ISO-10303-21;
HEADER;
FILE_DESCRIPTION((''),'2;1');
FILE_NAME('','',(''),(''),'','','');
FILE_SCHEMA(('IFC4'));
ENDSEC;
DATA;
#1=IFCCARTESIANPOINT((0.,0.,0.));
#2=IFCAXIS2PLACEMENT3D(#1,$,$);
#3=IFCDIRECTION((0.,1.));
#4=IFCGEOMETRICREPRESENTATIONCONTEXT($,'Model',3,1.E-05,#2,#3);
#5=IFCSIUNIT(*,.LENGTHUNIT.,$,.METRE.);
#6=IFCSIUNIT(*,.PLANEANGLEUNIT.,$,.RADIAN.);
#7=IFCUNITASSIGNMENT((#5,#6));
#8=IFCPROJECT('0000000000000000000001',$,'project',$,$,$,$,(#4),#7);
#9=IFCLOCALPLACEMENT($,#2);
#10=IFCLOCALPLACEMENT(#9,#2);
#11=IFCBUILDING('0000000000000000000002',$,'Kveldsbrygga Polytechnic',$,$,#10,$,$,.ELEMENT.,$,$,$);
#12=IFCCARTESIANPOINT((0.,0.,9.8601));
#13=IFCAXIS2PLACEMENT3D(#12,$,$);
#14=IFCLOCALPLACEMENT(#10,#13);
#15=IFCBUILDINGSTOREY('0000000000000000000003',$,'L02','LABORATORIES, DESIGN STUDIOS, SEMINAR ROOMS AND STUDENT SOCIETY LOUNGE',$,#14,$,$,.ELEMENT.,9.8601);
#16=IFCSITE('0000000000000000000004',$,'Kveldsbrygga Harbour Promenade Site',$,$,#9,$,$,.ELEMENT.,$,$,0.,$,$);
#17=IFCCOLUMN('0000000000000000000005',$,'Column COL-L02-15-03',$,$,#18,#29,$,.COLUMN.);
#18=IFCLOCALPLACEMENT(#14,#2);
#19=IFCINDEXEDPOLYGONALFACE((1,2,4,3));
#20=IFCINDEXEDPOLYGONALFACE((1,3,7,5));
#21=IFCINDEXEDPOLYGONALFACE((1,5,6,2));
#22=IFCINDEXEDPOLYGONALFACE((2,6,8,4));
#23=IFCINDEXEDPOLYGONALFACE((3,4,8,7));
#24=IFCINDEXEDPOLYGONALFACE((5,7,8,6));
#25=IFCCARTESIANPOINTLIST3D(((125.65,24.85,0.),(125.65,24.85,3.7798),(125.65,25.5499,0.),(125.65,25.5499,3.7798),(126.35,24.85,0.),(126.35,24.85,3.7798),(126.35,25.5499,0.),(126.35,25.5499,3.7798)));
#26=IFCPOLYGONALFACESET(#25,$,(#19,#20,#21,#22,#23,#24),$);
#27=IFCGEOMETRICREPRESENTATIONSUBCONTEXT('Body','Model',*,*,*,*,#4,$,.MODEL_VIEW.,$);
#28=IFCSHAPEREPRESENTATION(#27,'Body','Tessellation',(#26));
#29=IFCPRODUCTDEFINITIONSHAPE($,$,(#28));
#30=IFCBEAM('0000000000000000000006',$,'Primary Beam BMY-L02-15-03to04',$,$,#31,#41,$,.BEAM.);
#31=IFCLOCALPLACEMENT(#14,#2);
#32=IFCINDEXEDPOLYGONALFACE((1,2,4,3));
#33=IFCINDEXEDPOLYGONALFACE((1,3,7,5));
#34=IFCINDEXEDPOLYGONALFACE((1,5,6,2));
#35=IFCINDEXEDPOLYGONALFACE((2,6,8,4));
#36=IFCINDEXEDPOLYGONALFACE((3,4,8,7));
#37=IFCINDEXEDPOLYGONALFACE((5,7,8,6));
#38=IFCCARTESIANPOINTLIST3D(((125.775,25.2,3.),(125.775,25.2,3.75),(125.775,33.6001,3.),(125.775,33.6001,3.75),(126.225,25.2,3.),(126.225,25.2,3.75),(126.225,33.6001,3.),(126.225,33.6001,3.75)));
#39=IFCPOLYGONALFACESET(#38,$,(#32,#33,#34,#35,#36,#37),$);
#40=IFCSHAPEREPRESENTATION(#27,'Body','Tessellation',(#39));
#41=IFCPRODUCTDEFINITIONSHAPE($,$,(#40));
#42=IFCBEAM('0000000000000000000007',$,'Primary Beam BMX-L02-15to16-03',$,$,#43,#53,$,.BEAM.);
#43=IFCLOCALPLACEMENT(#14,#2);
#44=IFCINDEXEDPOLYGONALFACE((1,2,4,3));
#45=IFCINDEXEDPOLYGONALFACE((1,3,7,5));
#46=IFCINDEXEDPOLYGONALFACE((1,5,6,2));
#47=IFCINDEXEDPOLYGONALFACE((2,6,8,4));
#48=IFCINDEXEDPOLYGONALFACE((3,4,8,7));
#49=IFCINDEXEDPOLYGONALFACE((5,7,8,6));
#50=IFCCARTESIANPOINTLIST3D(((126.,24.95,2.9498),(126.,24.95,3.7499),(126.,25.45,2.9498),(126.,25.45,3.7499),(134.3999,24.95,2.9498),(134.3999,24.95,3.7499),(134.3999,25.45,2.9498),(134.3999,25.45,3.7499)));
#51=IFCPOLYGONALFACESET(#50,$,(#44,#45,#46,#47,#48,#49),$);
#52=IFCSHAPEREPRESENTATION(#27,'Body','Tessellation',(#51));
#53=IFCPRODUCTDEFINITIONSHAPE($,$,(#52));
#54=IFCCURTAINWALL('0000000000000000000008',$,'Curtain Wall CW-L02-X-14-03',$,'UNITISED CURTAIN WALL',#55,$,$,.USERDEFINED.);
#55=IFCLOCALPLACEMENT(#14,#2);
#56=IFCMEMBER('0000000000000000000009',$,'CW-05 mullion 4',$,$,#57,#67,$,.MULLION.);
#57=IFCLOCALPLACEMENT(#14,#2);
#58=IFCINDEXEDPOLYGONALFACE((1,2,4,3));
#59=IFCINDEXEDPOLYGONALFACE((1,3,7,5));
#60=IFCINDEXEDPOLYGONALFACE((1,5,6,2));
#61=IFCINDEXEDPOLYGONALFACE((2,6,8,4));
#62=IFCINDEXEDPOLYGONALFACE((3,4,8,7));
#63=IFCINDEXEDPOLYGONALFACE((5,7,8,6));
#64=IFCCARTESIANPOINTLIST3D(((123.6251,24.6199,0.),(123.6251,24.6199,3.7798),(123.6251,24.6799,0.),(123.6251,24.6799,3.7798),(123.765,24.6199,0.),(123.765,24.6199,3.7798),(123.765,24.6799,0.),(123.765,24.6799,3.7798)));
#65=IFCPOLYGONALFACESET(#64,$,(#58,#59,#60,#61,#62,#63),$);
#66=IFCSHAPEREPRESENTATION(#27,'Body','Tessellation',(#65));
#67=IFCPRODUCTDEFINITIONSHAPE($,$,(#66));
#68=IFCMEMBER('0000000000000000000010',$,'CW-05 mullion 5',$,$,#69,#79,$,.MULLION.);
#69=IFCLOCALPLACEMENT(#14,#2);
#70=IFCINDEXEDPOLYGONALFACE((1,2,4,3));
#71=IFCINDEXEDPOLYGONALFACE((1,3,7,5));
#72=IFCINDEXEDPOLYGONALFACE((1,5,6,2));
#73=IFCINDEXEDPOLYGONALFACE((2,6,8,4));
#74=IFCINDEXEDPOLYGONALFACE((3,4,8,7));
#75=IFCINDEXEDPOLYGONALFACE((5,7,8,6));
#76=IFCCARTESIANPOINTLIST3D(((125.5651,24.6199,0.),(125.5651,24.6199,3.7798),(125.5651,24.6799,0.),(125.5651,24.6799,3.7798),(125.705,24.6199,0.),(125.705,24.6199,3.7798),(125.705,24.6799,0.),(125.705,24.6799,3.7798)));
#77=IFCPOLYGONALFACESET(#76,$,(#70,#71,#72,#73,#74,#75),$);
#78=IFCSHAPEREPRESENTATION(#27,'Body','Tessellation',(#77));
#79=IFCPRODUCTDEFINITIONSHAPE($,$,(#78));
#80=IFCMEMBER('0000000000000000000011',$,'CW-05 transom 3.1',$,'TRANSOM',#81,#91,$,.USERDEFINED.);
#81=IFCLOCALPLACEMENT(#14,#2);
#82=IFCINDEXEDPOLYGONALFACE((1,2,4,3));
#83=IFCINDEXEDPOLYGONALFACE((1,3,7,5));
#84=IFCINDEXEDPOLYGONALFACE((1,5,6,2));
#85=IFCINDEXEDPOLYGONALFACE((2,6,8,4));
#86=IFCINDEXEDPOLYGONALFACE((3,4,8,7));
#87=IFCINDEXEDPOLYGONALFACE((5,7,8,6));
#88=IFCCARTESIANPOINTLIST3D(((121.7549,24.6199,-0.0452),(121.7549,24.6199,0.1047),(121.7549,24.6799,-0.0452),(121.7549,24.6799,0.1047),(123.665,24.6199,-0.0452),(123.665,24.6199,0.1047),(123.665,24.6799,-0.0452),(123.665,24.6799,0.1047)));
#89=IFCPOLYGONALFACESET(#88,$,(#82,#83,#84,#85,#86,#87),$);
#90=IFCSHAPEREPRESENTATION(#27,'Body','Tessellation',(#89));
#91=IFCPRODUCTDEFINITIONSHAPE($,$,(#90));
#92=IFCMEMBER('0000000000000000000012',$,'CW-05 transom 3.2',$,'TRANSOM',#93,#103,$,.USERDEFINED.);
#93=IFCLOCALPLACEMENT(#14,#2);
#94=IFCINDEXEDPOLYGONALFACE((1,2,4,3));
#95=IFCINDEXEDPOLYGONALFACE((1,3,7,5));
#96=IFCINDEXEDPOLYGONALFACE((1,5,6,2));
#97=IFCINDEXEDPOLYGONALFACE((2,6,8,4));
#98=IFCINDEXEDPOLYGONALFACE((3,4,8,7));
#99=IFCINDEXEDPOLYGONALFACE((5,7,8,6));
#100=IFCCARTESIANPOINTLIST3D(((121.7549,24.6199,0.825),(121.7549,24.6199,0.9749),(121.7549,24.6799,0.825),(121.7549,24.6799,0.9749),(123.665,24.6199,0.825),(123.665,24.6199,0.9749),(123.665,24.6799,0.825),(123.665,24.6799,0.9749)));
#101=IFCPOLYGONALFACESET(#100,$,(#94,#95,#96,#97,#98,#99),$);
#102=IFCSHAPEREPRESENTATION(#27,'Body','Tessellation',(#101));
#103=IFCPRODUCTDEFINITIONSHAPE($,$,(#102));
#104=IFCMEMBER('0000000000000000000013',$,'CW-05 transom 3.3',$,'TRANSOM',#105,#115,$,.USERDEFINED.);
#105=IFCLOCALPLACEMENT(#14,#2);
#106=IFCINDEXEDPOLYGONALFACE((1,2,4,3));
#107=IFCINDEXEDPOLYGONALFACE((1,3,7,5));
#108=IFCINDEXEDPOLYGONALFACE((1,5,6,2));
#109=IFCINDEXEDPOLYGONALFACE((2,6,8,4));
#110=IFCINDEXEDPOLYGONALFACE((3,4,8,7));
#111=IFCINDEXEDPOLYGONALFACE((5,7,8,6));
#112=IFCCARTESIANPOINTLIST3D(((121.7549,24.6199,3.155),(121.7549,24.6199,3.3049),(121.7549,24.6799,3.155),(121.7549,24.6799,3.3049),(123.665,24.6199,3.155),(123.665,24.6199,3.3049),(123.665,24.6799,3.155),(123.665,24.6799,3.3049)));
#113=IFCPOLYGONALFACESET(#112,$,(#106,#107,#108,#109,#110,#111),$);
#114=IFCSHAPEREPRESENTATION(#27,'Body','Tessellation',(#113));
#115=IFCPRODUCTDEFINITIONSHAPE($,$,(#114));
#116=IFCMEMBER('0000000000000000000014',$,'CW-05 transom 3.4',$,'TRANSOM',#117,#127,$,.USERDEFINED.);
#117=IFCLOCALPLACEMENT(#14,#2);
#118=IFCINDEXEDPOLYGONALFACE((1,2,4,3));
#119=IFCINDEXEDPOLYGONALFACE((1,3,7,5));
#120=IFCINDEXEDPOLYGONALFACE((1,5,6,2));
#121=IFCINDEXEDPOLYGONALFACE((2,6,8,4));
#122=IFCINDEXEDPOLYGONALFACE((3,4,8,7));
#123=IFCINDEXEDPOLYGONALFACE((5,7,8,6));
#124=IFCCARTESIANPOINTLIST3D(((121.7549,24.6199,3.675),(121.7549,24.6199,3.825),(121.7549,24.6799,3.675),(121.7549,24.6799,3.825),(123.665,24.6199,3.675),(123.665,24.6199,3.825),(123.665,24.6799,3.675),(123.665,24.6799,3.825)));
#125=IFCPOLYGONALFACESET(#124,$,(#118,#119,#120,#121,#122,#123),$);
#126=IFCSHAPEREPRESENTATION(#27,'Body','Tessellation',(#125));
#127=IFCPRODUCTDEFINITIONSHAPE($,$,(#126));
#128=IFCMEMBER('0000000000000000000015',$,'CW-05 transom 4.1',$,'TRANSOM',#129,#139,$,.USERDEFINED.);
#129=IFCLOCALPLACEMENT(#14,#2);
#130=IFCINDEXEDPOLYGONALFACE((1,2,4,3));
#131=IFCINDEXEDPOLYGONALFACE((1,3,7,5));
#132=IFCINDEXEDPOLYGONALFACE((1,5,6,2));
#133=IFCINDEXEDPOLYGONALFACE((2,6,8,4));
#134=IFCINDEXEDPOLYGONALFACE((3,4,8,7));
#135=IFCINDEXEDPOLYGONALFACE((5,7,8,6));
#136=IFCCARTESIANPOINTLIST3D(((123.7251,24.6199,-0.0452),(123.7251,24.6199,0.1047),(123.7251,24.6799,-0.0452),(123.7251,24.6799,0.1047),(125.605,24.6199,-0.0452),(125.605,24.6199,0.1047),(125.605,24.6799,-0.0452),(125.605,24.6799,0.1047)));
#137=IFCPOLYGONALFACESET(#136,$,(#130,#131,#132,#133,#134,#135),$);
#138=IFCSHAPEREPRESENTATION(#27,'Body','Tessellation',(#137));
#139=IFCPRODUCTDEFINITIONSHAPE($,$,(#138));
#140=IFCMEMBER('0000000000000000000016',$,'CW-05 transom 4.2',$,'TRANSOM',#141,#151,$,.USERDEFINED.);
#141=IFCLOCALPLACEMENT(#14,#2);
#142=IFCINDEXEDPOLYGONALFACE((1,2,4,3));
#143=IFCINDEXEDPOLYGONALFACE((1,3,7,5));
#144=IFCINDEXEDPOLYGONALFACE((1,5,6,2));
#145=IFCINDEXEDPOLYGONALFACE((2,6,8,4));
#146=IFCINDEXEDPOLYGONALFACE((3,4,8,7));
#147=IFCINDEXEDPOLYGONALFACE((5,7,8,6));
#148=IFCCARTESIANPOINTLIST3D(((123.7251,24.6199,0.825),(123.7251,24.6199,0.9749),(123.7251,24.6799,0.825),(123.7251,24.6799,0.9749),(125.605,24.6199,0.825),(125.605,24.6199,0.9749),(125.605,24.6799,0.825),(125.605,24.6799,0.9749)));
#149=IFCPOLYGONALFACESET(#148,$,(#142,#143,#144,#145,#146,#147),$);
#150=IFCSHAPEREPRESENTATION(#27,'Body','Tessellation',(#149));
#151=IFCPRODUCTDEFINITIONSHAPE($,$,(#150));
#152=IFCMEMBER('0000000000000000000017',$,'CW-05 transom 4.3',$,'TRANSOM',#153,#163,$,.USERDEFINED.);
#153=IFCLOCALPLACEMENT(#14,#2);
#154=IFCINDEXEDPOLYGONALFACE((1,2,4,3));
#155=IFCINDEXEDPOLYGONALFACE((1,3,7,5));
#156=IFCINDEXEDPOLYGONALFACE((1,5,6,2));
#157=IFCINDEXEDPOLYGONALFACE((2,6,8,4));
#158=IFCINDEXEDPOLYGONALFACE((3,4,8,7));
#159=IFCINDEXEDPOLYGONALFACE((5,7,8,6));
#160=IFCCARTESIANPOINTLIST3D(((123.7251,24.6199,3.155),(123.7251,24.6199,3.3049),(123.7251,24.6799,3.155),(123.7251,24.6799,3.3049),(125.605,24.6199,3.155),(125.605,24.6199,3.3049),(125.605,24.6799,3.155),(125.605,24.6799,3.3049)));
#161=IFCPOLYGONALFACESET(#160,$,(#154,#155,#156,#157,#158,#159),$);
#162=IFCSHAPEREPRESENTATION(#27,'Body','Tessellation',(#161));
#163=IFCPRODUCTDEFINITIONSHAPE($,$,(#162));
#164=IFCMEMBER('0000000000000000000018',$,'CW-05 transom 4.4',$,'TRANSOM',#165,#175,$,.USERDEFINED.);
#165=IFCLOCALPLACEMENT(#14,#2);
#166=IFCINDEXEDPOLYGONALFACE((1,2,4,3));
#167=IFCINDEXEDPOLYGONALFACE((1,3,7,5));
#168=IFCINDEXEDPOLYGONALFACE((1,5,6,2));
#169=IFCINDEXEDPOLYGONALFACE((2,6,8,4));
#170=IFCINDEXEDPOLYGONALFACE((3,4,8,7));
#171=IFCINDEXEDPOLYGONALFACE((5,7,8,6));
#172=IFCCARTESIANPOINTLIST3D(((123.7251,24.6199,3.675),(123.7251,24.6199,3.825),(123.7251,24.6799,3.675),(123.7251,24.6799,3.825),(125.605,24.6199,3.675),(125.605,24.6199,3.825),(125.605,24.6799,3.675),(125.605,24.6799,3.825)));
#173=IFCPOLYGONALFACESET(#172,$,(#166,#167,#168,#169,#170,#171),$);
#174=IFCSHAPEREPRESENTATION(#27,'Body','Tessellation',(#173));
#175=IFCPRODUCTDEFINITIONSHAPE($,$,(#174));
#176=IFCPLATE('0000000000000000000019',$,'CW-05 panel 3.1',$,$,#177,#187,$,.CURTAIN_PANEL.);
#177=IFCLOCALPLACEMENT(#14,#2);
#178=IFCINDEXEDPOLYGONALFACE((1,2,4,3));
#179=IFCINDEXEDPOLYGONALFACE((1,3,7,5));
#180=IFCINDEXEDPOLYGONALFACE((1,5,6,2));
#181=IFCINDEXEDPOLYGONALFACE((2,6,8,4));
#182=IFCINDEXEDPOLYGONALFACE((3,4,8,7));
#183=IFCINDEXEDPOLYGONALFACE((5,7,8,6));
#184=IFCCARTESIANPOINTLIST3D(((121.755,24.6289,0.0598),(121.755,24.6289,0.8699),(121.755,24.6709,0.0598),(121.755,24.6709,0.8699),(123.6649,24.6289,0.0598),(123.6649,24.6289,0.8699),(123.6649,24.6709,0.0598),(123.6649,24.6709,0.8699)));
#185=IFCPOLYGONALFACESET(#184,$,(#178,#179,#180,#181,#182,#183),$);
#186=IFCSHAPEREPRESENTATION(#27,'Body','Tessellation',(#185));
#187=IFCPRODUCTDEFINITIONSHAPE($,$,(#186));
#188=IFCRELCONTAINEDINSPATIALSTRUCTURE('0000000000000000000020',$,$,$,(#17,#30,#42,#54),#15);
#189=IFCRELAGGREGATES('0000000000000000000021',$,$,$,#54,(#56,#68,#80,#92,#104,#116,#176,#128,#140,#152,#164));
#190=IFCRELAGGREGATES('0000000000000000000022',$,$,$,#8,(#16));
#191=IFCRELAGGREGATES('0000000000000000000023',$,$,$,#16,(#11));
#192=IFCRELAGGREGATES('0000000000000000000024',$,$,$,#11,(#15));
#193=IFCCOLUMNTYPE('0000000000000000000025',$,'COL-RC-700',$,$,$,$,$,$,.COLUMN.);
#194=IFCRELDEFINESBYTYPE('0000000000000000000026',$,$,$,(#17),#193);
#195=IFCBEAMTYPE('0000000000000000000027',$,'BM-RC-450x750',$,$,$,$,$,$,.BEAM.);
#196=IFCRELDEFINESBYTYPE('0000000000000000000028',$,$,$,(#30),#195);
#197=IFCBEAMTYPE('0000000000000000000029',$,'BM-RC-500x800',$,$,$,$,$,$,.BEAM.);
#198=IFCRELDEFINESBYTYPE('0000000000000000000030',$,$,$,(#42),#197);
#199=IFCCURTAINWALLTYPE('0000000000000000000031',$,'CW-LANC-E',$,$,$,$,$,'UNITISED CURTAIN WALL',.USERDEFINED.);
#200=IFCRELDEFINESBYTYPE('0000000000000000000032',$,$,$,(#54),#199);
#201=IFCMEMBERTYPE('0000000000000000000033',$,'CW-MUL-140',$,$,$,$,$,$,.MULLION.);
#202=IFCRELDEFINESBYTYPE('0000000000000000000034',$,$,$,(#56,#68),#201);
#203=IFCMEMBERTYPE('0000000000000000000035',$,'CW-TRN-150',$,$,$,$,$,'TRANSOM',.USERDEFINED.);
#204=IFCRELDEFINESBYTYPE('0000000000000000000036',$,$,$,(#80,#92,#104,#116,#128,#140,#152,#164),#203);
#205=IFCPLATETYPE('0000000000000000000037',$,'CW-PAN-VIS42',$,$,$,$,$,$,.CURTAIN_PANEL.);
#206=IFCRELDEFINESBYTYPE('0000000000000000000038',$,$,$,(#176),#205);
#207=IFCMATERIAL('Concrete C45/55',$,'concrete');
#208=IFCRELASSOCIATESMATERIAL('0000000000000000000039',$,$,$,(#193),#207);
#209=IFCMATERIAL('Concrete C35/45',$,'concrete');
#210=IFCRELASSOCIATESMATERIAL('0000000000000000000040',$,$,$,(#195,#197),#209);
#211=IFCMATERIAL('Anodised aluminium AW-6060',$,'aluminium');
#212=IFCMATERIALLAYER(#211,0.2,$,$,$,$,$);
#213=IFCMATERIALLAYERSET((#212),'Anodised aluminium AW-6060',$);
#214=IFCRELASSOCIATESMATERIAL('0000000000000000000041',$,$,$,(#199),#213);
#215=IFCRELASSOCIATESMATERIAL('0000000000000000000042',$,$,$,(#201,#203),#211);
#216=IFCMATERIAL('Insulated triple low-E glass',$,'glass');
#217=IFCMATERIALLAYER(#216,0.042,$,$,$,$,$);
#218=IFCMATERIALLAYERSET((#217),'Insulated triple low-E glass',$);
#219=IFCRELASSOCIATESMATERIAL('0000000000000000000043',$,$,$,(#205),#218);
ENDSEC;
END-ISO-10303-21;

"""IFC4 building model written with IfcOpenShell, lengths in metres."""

from ifc_helpers import new_model, si_unit, direction, frame, origin, origin_2d, place, context, subcontext, project, spatial, rectangle, extrude, material, layer, layer_set, material_profile, profile_set, type_object, element, aggregate, save


model = new_model("IFC4")

# Units and contexts
model_context = context("Model", 3, precision=1e-05, world=origin(), true_north=direction((0.0, 1.0)))
body_context = subcontext(model_context, "Body", "Model", "MODEL_VIEW")
ifc_project = project(units=[si_unit("LENGTHUNIT", "METRE"), si_unit("PLANEANGLEUNIT", "RADIAN")], contexts=[model_context])

# Site, building, storey
site_placement = place(None, origin())
site = spatial("IfcSite", under=ifc_project, at=site_placement, Name="Kveldsbrygga Harbour Promenade Site", CompositionType="ELEMENT", RefElevation=0.0)
building_placement = place(site_placement, origin())
building = spatial("IfcBuilding", under=site, at=building_placement, Name="Kveldsbrygga Polytechnic", CompositionType="ELEMENT")
storey_placement = place(building_placement, frame((0.0, 0.0, 9.8601)))
storey = spatial("IfcBuildingStorey", under=building, at=storey_placement, Name="L02", Description="LABORATORIES, DESIGN STUDIOS, SEMINAR ROOMS AND STUDENT SOCIETY LOUNGE", CompositionType="ELEMENT", Elevation=9.8601)

# Column
ifc_material_1 = material(Name="Concrete C45/55", Category="concrete")
ifc_material_profile_1 = material_profile(ifc_material_1, rectangle(XDim=0.7, YDim=0.7, at=origin_2d()), Name="RC 700x700")
ifc_profile_set_1 = profile_set([ifc_material_profile_1], Name="Concrete C45/55")
column_type = type_object("IfcColumnType", Name="COL-RC-700", PredefinedType="COLUMN", material=ifc_profile_set_1)
column_placement = place(storey_placement, frame((126.0, 25.2, 0.0), z_axis=(0.0, 0.0, 1.0), x_axis=(1.0, 0.0, 0.0)))
element("IfcColumn", 1, at=column_placement, inside=storey, type_object=column_type, Name="Column COL-L02-15-03", PredefinedType="COLUMN", context=body_context, shape_type="SweptSolid", body=[
    extrude(rectangle(XDim=0.7, YDim=0.7, at=origin_2d()), origin(), (0.0, 0.0, 1.0), 3.7798),
])

# Beams
ifc_material_2 = material(Name="Concrete C35/45", Category="concrete")
ifc_material_profile_2 = material_profile(ifc_material_2, rectangle(XDim=0.45, YDim=0.75, at=origin_2d()), Name="RC 450x750")
ifc_profile_set_2 = profile_set([ifc_material_profile_2], Name="Concrete C35/45")
beam_type_1 = type_object("IfcBeamType", Name="BM-RC-450x750", PredefinedType="BEAM", material=ifc_profile_set_2)
beam_1_placement = place(storey_placement, frame((126.0, 25.2, 3.375), z_axis=(0.0, 1.0, 0.0), x_axis=(-1.0, 0.0, 0.0)))
element("IfcBeam", 2, at=beam_1_placement, inside=storey, type_object=beam_type_1, Name="Primary Beam BMY-L02-15-03to04", PredefinedType="BEAM", context=body_context, shape_type="SweptSolid", body=[
    extrude(rectangle(XDim=0.45, YDim=0.75, at=origin_2d()), origin(), (0.0, 0.0, 1.0), 8.4001),
])
ifc_material_profile_3 = material_profile(ifc_material_2, rectangle(XDim=0.5, YDim=0.8, at=origin_2d()), Name="RC 500x800")
ifc_profile_set_3 = profile_set([ifc_material_profile_3], Name="Concrete C35/45")
beam_type_2 = type_object("IfcBeamType", Name="BM-RC-500x800", PredefinedType="BEAM", material=ifc_profile_set_3)
beam_2_placement = place(storey_placement, frame((126.0, 25.2, 3.3499), z_axis=(1.0, 0.0, 0.0), x_axis=(0.0, 1.0, 0.0)))
element("IfcBeam", 3, at=beam_2_placement, inside=storey, type_object=beam_type_2, Name="Primary Beam BMX-L02-15to16-03", PredefinedType="BEAM", context=body_context, shape_type="SweptSolid", body=[
    extrude(rectangle(XDim=0.5, YDim=0.8, at=origin_2d()), origin(), (0.0, 0.0, 1.0), 8.3999),
])

# Curtain wall, members, plate
ifc_material_3 = material(Name="Anodised aluminium AW-6060", Category="aluminium")
ifc_layer_1 = layer(ifc_material_3, 0.2)
ifc_layer_set_1 = layer_set([ifc_layer_1], Name="Anodised aluminium AW-6060")
curtain_wall_type = type_object("IfcCurtainWallType", Name="CW-LANC-E", ElementType="UNITISED CURTAIN WALL", PredefinedType="USERDEFINED", material=ifc_layer_set_1)
curtain_wall_placement = place(storey_placement, origin())
curtain_wall = element("IfcCurtainWall", 4, at=curtain_wall_placement, inside=storey, type_object=curtain_wall_type, Name="Curtain Wall CW-L02-X-14-03", ObjectType="UNITISED CURTAIN WALL", PredefinedType="USERDEFINED")
ifc_material_profile_4 = material_profile(ifc_material_3, rectangle(XDim=0.0601, YDim=0.1399, at=origin_2d()), Name="ALU 60x140")
ifc_profile_set_4 = profile_set([ifc_material_profile_4], Name="Anodised aluminium AW-6060")
member_type_1 = type_object("IfcMemberType", Name="CW-MUL-140", PredefinedType="MULLION", material=ifc_profile_set_4)
member_1_placement = place(storey_placement, frame((123.6951, 24.6499, 0.0), z_axis=(0.0, 0.0, 1.0), x_axis=(0.0, 1.0, 0.0)))
member_1 = element("IfcMember", 5, at=member_1_placement, type_object=member_type_1, Name="CW-05 mullion 4", PredefinedType="MULLION", context=body_context, shape_type="SweptSolid", body=[
    extrude(rectangle(XDim=0.0601, YDim=0.1399, at=origin_2d()), origin(), (0.0, 0.0, 1.0), 3.7798),
])
member_2_placement = place(storey_placement, frame((125.635, 24.6499, 0.0), z_axis=(0.0, 0.0, 1.0), x_axis=(0.0, 1.0, 0.0)))
member_2 = element("IfcMember", 6, at=member_2_placement, type_object=member_type_1, Name="CW-05 mullion 5", PredefinedType="MULLION", context=body_context, shape_type="SweptSolid", body=[
    extrude(rectangle(XDim=0.0601, YDim=0.1399, at=origin_2d()), origin(), (0.0, 0.0, 1.0), 3.7798),
])
ifc_material_profile_5 = material_profile(ifc_material_3, rectangle(XDim=0.0601, YDim=0.1499, at=origin_2d()), Name="ALU 60x150")
ifc_profile_set_5 = profile_set([ifc_material_profile_5], Name="Anodised aluminium AW-6060")
member_type_2 = type_object("IfcMemberType", Name="CW-TRN-150", ElementType="TRANSOM", PredefinedType="USERDEFINED", material=ifc_profile_set_5)
member_3_placement = place(storey_placement, frame((121.7549, 24.6499, 0.0298), z_axis=(1.0, 0.0, 0.0), x_axis=(0.0, 1.0, 0.0)))
member_3 = element("IfcMember", 7, at=member_3_placement, type_object=member_type_2, Name="CW-05 transom 3.1", ObjectType="TRANSOM", PredefinedType="USERDEFINED", context=body_context, shape_type="SweptSolid", body=[
    extrude(rectangle(XDim=0.0601, YDim=0.1499, at=origin_2d()), origin(), (0.0, 0.0, 1.0), 1.9102),
])
member_4_placement = place(storey_placement, frame((121.7549, 24.6499, 0.8999), z_axis=(1.0, 0.0, 0.0), x_axis=(0.0, 1.0, 0.0)))
member_4 = element("IfcMember", 8, at=member_4_placement, type_object=member_type_2, Name="CW-05 transom 3.2", ObjectType="TRANSOM", PredefinedType="USERDEFINED", context=body_context, shape_type="SweptSolid", body=[
    extrude(rectangle(XDim=0.0601, YDim=0.1499, at=origin_2d()), origin(), (0.0, 0.0, 1.0), 1.9102),
])
member_5_placement = place(storey_placement, frame((121.7549, 24.6499, 3.23), z_axis=(1.0, 0.0, 0.0), x_axis=(0.0, 1.0, 0.0)))
member_5 = element("IfcMember", 9, at=member_5_placement, type_object=member_type_2, Name="CW-05 transom 3.3", ObjectType="TRANSOM", PredefinedType="USERDEFINED", context=body_context, shape_type="SweptSolid", body=[
    extrude(rectangle(XDim=0.0601, YDim=0.1499, at=origin_2d()), origin(), (0.0, 0.0, 1.0), 1.9102),
])
member_6_placement = place(storey_placement, frame((121.7549, 24.6499, 3.75), z_axis=(1.0, 0.0, 0.0), x_axis=(0.0, 1.0, 0.0)))
member_6 = element("IfcMember", 10, at=member_6_placement, type_object=member_type_2, Name="CW-05 transom 3.4", ObjectType="TRANSOM", PredefinedType="USERDEFINED", context=body_context, shape_type="SweptSolid", body=[
    extrude(rectangle(XDim=0.0601, YDim=0.1499, at=origin_2d()), origin(), (0.0, 0.0, 1.0), 1.9102),
])
member_7_placement = place(storey_placement, frame((123.7251, 24.6499, 0.0298), z_axis=(1.0, 0.0, 0.0), x_axis=(0.0, 1.0, 0.0)))
member_7 = element("IfcMember", 11, at=member_7_placement, type_object=member_type_2, Name="CW-05 transom 4.1", ObjectType="TRANSOM", PredefinedType="USERDEFINED", context=body_context, shape_type="SweptSolid", body=[
    extrude(rectangle(XDim=0.0601, YDim=0.1499, at=origin_2d()), origin(), (0.0, 0.0, 1.0), 1.8799),
])
member_8_placement = place(storey_placement, frame((123.7251, 24.6499, 0.8999), z_axis=(1.0, 0.0, 0.0), x_axis=(0.0, 1.0, 0.0)))
member_8 = element("IfcMember", 12, at=member_8_placement, type_object=member_type_2, Name="CW-05 transom 4.2", ObjectType="TRANSOM", PredefinedType="USERDEFINED", context=body_context, shape_type="SweptSolid", body=[
    extrude(rectangle(XDim=0.0601, YDim=0.1499, at=origin_2d()), origin(), (0.0, 0.0, 1.0), 1.8799),
])
member_9_placement = place(storey_placement, frame((123.7251, 24.6499, 3.23), z_axis=(1.0, 0.0, 0.0), x_axis=(0.0, 1.0, 0.0)))
member_9 = element("IfcMember", 13, at=member_9_placement, type_object=member_type_2, Name="CW-05 transom 4.3", ObjectType="TRANSOM", PredefinedType="USERDEFINED", context=body_context, shape_type="SweptSolid", body=[
    extrude(rectangle(XDim=0.0601, YDim=0.1499, at=origin_2d()), origin(), (0.0, 0.0, 1.0), 1.8799),
])
member_10_placement = place(storey_placement, frame((123.7251, 24.6499, 3.75), z_axis=(1.0, 0.0, 0.0), x_axis=(0.0, 1.0, 0.0)))
member_10 = element("IfcMember", 14, at=member_10_placement, type_object=member_type_2, Name="CW-05 transom 4.4", ObjectType="TRANSOM", PredefinedType="USERDEFINED", context=body_context, shape_type="SweptSolid", body=[
    extrude(rectangle(XDim=0.0601, YDim=0.1499, at=origin_2d()), origin(), (0.0, 0.0, 1.0), 1.8799),
])
ifc_material_4 = material(Name="Insulated triple low-E glass", Category="glass")
ifc_layer_2 = layer(ifc_material_4, 0.042)
ifc_layer_set_2 = layer_set([ifc_layer_2], Name="Insulated triple low-E glass")
plate_type = type_object("IfcPlateType", Name="CW-PAN-VIS42", PredefinedType="CURTAIN_PANEL", material=ifc_layer_set_2)
plate_1_placement = place(storey_placement, frame((122.71, 24.6499, 0.0598), z_axis=(0.0, 0.0, 1.0), x_axis=(1.0, 0.0, 0.0)))
plate_1 = element("IfcPlate", 15, at=plate_1_placement, type_object=plate_type, Name="CW-05 panel 3.1", PredefinedType="CURTAIN_PANEL", context=body_context, shape_type="SweptSolid", body=[
    extrude(rectangle(XDim=1.9099, YDim=0.042, at=origin_2d()), origin(), (0.0, 0.0, 1.0), 0.8101),
])
aggregate(curtain_wall, [member_1, member_2, member_3, member_4, member_5, member_6, plate_1, member_7, member_8, member_9, member_10])

save(model, "model.ifc")
